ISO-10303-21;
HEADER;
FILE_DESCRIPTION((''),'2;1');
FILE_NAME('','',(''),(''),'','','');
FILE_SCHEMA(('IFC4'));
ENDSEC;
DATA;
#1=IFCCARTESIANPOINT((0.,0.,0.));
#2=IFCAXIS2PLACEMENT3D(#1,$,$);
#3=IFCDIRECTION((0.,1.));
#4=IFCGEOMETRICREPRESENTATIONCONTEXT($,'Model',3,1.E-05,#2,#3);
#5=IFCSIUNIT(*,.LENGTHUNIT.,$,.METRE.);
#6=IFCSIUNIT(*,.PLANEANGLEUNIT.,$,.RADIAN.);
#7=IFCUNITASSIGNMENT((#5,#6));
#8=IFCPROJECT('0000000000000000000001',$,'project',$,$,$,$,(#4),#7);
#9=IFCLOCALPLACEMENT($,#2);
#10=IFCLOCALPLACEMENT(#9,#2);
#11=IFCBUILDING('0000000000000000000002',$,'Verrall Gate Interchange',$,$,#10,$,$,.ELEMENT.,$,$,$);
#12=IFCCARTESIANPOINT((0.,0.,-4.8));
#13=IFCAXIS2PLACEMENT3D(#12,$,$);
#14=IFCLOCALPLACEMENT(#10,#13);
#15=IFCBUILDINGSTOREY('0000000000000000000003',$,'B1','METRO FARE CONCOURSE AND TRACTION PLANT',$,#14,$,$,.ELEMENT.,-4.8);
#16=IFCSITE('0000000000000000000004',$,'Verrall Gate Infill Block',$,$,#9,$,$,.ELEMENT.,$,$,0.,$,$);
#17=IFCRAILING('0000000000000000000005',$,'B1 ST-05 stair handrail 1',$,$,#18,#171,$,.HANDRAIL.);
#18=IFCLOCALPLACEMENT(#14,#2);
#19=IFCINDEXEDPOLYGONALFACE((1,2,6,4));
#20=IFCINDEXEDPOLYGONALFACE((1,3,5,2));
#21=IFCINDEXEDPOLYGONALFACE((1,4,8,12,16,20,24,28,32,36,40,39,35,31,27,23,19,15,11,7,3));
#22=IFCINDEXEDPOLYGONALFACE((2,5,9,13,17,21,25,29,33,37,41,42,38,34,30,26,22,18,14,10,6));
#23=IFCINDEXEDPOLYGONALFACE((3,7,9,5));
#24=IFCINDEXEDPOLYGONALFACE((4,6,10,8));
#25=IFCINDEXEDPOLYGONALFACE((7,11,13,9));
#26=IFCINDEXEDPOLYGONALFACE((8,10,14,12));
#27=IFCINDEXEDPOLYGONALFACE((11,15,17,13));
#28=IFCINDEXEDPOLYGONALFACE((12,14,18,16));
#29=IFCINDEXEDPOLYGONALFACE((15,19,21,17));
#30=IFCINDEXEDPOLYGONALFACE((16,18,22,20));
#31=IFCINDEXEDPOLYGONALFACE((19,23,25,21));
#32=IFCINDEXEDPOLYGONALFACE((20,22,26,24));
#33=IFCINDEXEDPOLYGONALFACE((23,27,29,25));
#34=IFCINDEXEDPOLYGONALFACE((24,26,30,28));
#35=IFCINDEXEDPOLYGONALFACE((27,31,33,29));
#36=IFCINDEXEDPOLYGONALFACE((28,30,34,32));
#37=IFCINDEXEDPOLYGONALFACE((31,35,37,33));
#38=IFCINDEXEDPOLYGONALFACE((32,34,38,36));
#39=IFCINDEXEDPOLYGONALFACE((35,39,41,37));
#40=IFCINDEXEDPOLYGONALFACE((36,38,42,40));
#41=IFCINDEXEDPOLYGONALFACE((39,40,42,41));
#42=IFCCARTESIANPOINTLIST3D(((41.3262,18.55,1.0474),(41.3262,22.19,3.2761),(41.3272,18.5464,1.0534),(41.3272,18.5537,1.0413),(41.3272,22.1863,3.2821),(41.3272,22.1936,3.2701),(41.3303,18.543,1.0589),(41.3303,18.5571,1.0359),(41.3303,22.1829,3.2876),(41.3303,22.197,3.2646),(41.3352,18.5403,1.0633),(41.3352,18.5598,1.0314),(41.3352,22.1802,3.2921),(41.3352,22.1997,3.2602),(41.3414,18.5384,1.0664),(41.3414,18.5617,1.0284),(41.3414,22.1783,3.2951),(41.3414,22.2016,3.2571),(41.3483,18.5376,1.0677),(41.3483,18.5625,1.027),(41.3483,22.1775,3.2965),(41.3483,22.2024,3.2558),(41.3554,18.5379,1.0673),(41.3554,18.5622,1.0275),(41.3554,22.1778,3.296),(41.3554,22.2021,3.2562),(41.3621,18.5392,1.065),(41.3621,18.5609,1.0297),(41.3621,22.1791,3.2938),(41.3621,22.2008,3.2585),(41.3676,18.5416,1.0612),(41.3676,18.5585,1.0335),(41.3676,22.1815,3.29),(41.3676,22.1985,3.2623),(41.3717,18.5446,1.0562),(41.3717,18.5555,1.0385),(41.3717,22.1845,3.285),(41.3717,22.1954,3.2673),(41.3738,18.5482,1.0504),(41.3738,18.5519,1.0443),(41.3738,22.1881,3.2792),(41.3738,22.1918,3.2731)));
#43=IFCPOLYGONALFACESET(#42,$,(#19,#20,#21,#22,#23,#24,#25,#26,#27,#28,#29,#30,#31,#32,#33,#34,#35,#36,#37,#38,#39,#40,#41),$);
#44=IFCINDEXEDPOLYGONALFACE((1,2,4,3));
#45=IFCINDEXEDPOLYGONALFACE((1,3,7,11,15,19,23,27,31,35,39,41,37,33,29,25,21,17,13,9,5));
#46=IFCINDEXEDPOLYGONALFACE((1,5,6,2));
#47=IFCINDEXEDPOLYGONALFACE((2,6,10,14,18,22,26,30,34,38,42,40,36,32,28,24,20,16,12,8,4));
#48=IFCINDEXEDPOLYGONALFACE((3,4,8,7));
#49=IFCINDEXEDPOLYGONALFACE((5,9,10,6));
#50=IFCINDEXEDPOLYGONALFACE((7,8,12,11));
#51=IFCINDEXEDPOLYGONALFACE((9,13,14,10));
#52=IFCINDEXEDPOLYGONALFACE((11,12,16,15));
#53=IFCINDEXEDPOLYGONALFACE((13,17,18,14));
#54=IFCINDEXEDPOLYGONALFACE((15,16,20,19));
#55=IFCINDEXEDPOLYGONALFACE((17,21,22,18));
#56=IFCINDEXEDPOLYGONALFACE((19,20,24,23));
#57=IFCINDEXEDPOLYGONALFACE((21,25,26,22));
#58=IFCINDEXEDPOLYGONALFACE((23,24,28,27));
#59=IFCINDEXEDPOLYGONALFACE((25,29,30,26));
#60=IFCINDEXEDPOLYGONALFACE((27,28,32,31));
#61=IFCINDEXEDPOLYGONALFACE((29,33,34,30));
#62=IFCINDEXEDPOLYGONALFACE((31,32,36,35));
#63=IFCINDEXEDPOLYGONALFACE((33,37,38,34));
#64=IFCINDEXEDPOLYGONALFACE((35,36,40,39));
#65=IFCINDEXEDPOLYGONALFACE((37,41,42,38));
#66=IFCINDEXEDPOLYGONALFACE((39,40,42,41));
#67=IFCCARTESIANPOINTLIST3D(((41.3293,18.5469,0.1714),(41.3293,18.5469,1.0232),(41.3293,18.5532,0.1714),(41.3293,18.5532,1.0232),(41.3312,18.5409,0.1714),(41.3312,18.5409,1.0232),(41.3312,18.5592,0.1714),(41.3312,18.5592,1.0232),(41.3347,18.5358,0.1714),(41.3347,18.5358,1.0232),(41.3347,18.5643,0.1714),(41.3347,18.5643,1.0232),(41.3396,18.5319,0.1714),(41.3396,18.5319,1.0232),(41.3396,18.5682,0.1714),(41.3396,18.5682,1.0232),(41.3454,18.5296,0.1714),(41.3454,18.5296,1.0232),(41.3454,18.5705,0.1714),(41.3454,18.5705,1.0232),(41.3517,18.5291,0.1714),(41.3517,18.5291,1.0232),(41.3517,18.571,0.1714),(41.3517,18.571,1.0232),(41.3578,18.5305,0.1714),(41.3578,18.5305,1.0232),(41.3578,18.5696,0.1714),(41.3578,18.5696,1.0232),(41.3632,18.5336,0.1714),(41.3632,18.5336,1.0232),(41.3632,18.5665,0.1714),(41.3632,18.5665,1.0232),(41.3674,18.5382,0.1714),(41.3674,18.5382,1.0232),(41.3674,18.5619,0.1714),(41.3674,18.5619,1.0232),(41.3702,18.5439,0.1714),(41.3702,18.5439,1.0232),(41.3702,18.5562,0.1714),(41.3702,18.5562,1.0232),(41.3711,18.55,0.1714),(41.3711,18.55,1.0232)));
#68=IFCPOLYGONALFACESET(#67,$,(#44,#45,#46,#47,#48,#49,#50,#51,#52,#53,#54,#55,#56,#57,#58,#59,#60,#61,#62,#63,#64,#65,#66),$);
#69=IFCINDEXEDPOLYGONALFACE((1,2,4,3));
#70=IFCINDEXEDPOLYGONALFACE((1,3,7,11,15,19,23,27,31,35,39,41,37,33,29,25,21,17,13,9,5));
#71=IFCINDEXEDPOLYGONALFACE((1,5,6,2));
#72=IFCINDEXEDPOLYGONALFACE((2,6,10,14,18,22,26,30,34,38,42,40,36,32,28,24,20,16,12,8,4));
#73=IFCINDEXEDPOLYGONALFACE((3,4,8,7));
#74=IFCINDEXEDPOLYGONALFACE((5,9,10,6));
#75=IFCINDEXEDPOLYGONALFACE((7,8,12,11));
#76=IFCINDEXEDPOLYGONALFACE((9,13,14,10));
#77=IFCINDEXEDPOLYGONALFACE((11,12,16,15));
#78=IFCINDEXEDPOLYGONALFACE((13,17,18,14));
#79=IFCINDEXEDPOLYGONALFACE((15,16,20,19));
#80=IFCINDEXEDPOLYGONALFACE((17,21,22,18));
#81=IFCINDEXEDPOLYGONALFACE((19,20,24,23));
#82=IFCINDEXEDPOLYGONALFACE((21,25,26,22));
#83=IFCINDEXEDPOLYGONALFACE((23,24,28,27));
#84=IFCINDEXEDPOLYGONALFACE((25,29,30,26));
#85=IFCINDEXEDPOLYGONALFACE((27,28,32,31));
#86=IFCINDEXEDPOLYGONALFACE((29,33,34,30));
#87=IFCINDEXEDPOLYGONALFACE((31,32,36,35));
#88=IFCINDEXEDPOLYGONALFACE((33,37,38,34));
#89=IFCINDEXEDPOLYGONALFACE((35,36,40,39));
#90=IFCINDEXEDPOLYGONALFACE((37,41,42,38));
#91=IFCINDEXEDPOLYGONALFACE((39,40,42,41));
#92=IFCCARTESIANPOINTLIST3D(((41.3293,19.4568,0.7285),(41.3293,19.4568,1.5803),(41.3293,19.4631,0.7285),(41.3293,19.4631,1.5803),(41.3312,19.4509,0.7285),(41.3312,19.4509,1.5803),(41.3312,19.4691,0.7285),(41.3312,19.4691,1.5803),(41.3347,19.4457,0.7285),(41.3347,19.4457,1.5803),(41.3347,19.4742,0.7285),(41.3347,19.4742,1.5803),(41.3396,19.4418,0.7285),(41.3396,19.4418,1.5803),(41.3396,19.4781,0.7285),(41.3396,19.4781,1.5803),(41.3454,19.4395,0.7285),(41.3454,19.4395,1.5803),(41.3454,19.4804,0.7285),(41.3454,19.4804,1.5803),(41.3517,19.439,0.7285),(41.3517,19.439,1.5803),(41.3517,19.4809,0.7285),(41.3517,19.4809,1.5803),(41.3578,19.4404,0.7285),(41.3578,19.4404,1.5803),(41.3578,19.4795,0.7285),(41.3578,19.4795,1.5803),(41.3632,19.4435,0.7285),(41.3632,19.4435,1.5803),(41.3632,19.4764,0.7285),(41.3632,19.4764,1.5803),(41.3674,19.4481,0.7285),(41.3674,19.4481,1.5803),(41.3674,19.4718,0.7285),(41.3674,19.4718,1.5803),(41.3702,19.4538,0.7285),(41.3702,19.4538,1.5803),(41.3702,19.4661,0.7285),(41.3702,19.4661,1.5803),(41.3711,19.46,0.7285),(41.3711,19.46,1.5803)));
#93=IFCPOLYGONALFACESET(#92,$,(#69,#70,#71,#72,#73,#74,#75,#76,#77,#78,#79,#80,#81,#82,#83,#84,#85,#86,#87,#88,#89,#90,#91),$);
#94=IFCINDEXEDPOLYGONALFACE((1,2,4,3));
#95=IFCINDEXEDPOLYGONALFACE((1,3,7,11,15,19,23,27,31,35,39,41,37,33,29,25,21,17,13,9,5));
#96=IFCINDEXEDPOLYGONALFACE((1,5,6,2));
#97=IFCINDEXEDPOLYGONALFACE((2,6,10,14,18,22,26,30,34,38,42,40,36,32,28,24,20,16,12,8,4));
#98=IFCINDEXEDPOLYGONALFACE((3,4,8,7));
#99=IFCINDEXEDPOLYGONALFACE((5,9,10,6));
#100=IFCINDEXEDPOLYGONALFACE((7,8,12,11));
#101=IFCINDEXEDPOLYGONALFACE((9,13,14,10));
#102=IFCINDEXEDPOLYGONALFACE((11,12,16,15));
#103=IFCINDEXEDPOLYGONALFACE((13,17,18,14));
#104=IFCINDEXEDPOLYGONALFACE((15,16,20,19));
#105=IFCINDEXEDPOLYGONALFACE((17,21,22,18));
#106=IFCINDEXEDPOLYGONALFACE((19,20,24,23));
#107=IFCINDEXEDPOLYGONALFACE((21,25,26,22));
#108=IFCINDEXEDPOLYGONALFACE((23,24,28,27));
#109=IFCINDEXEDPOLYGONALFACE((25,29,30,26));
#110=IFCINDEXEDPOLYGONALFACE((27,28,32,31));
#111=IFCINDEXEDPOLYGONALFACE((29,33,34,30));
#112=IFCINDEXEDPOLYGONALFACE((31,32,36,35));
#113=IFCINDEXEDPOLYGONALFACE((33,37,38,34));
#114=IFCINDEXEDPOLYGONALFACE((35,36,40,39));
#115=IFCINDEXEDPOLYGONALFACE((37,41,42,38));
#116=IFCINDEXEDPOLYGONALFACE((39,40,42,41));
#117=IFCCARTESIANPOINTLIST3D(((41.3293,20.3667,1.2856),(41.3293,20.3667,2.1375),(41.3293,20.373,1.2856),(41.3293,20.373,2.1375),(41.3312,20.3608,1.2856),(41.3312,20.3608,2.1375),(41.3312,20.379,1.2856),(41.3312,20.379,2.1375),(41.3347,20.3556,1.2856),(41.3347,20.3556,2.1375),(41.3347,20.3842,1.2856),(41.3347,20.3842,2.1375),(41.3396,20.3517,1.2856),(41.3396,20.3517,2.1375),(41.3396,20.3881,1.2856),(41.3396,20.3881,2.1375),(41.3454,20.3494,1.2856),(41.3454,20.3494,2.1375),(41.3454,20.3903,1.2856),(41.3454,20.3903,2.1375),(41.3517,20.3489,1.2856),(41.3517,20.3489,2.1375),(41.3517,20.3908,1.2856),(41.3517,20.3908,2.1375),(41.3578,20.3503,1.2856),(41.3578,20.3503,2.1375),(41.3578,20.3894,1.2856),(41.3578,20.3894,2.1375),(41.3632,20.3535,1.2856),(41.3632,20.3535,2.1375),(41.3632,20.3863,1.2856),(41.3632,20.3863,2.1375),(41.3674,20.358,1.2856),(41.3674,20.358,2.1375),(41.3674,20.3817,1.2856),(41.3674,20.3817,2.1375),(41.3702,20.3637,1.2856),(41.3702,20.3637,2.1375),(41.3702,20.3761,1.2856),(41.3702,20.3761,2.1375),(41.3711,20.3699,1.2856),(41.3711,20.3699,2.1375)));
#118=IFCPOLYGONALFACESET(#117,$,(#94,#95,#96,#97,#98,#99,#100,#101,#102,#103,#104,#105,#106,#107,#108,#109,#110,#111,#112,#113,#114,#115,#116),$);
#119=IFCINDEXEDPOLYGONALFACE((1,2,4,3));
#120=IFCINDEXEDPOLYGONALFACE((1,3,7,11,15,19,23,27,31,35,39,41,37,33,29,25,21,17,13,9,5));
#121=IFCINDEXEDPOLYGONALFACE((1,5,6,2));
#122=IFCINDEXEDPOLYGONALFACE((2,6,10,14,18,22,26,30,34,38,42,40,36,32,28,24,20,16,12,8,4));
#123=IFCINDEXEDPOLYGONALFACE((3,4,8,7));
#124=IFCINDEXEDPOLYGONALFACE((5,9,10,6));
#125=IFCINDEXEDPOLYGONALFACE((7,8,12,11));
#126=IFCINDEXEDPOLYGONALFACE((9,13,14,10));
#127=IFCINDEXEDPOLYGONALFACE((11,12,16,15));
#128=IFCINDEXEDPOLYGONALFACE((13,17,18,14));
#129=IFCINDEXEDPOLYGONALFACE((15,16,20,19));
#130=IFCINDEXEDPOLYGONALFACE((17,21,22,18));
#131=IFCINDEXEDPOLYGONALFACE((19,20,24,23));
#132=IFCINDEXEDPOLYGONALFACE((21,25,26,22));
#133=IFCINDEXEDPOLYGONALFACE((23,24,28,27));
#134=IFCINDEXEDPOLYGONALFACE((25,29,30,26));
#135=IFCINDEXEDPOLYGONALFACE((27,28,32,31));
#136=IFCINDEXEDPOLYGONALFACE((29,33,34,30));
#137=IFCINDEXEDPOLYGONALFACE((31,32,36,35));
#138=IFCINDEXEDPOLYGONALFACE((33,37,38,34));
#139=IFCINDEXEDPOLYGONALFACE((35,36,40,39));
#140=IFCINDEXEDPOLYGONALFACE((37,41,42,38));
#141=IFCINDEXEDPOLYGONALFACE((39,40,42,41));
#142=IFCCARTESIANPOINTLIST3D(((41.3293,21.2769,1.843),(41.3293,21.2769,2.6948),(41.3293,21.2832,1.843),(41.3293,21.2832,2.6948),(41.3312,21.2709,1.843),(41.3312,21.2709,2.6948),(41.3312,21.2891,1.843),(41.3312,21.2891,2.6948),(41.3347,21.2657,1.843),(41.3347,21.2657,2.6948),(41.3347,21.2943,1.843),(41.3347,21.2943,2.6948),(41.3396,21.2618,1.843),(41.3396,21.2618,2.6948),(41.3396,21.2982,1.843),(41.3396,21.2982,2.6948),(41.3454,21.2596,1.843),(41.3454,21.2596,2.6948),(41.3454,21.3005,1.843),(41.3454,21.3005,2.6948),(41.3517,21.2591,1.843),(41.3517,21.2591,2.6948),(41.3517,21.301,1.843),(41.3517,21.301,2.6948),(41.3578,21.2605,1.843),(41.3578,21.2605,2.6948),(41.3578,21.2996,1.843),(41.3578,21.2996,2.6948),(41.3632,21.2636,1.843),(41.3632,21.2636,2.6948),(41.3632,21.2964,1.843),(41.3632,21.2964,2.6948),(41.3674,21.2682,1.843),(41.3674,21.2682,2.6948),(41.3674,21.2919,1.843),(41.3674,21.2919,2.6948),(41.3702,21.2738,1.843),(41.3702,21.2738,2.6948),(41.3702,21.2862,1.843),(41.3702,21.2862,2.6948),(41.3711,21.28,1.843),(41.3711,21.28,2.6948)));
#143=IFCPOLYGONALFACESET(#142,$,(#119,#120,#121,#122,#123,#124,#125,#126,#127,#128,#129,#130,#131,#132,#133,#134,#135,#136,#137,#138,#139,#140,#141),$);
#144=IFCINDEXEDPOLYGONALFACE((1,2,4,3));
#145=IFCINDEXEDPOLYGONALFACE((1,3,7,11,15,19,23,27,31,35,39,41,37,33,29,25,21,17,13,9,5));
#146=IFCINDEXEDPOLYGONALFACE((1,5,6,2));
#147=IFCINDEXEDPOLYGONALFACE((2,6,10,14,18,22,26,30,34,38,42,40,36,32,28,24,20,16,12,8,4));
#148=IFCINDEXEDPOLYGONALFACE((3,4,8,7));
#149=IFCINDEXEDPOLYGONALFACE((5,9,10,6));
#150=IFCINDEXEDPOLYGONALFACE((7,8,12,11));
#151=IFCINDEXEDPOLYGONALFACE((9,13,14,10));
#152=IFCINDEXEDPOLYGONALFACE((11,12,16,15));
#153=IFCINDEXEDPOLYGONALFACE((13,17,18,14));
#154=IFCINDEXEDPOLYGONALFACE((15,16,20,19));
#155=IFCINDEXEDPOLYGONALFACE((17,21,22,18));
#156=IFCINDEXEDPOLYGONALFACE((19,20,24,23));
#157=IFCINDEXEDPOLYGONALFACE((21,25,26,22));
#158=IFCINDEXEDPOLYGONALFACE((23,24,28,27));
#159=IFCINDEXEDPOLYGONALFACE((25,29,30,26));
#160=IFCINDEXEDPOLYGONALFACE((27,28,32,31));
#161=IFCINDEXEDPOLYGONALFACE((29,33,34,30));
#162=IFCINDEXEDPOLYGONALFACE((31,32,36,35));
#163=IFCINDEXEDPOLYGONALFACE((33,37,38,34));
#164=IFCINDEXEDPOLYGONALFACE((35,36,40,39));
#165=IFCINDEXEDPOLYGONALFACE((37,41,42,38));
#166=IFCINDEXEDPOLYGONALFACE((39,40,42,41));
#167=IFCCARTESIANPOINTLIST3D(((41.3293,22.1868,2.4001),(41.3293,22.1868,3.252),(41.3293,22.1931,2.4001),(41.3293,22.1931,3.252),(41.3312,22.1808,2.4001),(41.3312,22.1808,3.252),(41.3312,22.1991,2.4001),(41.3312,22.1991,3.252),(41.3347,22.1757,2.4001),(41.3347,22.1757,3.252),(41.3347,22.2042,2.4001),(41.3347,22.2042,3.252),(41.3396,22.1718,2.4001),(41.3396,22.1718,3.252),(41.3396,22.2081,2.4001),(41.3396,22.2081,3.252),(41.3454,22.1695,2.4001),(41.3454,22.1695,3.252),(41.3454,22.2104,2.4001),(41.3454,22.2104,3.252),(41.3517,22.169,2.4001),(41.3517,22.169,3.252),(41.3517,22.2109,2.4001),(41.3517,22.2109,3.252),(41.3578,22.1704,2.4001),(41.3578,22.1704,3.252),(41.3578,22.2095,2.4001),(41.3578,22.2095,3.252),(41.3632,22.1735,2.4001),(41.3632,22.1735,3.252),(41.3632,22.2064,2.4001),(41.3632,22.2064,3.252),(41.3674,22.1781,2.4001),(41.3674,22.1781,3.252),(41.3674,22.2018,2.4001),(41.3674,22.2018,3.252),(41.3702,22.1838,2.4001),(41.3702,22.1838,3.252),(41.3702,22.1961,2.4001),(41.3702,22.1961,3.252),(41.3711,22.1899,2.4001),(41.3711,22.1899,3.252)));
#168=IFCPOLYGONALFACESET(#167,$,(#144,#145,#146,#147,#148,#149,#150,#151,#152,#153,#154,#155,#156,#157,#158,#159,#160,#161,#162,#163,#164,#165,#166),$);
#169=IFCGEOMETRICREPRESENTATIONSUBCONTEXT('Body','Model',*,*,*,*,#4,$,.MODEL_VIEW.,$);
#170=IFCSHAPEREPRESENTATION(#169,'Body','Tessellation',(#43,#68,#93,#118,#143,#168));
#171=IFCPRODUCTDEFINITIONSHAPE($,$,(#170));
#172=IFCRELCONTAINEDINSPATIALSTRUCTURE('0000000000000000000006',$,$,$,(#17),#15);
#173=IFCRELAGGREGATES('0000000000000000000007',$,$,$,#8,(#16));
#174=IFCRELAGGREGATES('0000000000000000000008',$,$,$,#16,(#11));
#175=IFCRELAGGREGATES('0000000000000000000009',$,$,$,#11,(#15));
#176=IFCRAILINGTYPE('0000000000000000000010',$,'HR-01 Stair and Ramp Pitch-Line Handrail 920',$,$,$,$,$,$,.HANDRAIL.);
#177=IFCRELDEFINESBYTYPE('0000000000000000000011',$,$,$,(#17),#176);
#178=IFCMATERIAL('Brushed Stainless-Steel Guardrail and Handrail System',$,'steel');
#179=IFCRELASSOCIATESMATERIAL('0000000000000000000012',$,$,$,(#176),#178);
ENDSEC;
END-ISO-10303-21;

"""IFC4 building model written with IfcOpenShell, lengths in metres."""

from ifc_helpers import new_model, si_unit, direction, frame, origin, origin_2d, place, context, subcontext, project, spatial, circle, extrude, material, type_object, element, save


model = new_model("IFC4")

# Units and contexts
model_context = context("Model", 3, precision=1e-05, world=origin(), true_north=direction((0.0, 1.0)))
body_context = subcontext(model_context, "Body", "Model", "MODEL_VIEW")
ifc_project = project(units=[si_unit("LENGTHUNIT", "METRE"), si_unit("PLANEANGLEUNIT", "RADIAN")], contexts=[model_context])

# Site, building, storey
site_placement = place(None, origin())
site = spatial("IfcSite", under=ifc_project, at=site_placement, Name="Verrall Gate Infill Block", CompositionType="ELEMENT", RefElevation=0.0)
building_placement = place(site_placement, origin())
building = spatial("IfcBuilding", under=site, at=building_placement, Name="Verrall Gate Interchange", CompositionType="ELEMENT")
storey_placement = place(building_placement, frame((0.0, 0.0, -4.8)))
storey = spatial("IfcBuildingStorey", under=building, at=storey_placement, Name="B1", Description="METRO FARE CONCOURSE AND TRACTION PLANT", CompositionType="ELEMENT", Elevation=-4.8)

# Railing
ifc_material_1 = material(Name="Brushed Stainless-Steel Guardrail and Handrail System", Category="steel")
railing_type = type_object("IfcRailingType", Name="HR-01 Stair and Ramp Pitch-Line Handrail 920", PredefinedType="HANDRAIL", material=ifc_material_1)
railing_placement = place(storey_placement, frame((41.3501, 18.55, 0.1714)))
element("IfcRailing", 1, at=railing_placement, inside=storey, type_object=railing_type, Name="B1 ST-05 stair handrail 1", PredefinedType="HANDRAIL", context=body_context, shape_type="SweptSolid", body=[
    extrude(circle(Radius=0.0239, at=origin_2d()), frame((0.0, 0.0, 0.876), z_axis=(0.0, 0.852825, 0.522197), x_axis=(-1.0, 0.0, 0.0)), (0.0, 0.0, 1.0), 4.2681),
    extrude(circle(Radius=0.021, at=origin_2d()), origin(), (0.0, 0.0, 1.0), 0.8518),
    extrude(circle(Radius=0.021, at=origin_2d()), frame((0.0, 0.9099, 0.5571)), (0.0, 0.0, 1.0), 0.8518),
    extrude(circle(Radius=0.021, at=origin_2d()), frame((0.0, 1.8198, 1.1143)), (0.0, 0.0, 1.0), 0.8518),
    extrude(circle(Radius=0.021, at=origin_2d()), frame((0.0, 2.73, 1.6716)), (0.0, 0.0, 1.0), 0.8518),
    extrude(circle(Radius=0.021, at=origin_2d()), frame((0.0, 3.6399, 2.2288)), (0.0, 0.0, 1.0), 0.8518),
])

save(model, "model.ifc")
